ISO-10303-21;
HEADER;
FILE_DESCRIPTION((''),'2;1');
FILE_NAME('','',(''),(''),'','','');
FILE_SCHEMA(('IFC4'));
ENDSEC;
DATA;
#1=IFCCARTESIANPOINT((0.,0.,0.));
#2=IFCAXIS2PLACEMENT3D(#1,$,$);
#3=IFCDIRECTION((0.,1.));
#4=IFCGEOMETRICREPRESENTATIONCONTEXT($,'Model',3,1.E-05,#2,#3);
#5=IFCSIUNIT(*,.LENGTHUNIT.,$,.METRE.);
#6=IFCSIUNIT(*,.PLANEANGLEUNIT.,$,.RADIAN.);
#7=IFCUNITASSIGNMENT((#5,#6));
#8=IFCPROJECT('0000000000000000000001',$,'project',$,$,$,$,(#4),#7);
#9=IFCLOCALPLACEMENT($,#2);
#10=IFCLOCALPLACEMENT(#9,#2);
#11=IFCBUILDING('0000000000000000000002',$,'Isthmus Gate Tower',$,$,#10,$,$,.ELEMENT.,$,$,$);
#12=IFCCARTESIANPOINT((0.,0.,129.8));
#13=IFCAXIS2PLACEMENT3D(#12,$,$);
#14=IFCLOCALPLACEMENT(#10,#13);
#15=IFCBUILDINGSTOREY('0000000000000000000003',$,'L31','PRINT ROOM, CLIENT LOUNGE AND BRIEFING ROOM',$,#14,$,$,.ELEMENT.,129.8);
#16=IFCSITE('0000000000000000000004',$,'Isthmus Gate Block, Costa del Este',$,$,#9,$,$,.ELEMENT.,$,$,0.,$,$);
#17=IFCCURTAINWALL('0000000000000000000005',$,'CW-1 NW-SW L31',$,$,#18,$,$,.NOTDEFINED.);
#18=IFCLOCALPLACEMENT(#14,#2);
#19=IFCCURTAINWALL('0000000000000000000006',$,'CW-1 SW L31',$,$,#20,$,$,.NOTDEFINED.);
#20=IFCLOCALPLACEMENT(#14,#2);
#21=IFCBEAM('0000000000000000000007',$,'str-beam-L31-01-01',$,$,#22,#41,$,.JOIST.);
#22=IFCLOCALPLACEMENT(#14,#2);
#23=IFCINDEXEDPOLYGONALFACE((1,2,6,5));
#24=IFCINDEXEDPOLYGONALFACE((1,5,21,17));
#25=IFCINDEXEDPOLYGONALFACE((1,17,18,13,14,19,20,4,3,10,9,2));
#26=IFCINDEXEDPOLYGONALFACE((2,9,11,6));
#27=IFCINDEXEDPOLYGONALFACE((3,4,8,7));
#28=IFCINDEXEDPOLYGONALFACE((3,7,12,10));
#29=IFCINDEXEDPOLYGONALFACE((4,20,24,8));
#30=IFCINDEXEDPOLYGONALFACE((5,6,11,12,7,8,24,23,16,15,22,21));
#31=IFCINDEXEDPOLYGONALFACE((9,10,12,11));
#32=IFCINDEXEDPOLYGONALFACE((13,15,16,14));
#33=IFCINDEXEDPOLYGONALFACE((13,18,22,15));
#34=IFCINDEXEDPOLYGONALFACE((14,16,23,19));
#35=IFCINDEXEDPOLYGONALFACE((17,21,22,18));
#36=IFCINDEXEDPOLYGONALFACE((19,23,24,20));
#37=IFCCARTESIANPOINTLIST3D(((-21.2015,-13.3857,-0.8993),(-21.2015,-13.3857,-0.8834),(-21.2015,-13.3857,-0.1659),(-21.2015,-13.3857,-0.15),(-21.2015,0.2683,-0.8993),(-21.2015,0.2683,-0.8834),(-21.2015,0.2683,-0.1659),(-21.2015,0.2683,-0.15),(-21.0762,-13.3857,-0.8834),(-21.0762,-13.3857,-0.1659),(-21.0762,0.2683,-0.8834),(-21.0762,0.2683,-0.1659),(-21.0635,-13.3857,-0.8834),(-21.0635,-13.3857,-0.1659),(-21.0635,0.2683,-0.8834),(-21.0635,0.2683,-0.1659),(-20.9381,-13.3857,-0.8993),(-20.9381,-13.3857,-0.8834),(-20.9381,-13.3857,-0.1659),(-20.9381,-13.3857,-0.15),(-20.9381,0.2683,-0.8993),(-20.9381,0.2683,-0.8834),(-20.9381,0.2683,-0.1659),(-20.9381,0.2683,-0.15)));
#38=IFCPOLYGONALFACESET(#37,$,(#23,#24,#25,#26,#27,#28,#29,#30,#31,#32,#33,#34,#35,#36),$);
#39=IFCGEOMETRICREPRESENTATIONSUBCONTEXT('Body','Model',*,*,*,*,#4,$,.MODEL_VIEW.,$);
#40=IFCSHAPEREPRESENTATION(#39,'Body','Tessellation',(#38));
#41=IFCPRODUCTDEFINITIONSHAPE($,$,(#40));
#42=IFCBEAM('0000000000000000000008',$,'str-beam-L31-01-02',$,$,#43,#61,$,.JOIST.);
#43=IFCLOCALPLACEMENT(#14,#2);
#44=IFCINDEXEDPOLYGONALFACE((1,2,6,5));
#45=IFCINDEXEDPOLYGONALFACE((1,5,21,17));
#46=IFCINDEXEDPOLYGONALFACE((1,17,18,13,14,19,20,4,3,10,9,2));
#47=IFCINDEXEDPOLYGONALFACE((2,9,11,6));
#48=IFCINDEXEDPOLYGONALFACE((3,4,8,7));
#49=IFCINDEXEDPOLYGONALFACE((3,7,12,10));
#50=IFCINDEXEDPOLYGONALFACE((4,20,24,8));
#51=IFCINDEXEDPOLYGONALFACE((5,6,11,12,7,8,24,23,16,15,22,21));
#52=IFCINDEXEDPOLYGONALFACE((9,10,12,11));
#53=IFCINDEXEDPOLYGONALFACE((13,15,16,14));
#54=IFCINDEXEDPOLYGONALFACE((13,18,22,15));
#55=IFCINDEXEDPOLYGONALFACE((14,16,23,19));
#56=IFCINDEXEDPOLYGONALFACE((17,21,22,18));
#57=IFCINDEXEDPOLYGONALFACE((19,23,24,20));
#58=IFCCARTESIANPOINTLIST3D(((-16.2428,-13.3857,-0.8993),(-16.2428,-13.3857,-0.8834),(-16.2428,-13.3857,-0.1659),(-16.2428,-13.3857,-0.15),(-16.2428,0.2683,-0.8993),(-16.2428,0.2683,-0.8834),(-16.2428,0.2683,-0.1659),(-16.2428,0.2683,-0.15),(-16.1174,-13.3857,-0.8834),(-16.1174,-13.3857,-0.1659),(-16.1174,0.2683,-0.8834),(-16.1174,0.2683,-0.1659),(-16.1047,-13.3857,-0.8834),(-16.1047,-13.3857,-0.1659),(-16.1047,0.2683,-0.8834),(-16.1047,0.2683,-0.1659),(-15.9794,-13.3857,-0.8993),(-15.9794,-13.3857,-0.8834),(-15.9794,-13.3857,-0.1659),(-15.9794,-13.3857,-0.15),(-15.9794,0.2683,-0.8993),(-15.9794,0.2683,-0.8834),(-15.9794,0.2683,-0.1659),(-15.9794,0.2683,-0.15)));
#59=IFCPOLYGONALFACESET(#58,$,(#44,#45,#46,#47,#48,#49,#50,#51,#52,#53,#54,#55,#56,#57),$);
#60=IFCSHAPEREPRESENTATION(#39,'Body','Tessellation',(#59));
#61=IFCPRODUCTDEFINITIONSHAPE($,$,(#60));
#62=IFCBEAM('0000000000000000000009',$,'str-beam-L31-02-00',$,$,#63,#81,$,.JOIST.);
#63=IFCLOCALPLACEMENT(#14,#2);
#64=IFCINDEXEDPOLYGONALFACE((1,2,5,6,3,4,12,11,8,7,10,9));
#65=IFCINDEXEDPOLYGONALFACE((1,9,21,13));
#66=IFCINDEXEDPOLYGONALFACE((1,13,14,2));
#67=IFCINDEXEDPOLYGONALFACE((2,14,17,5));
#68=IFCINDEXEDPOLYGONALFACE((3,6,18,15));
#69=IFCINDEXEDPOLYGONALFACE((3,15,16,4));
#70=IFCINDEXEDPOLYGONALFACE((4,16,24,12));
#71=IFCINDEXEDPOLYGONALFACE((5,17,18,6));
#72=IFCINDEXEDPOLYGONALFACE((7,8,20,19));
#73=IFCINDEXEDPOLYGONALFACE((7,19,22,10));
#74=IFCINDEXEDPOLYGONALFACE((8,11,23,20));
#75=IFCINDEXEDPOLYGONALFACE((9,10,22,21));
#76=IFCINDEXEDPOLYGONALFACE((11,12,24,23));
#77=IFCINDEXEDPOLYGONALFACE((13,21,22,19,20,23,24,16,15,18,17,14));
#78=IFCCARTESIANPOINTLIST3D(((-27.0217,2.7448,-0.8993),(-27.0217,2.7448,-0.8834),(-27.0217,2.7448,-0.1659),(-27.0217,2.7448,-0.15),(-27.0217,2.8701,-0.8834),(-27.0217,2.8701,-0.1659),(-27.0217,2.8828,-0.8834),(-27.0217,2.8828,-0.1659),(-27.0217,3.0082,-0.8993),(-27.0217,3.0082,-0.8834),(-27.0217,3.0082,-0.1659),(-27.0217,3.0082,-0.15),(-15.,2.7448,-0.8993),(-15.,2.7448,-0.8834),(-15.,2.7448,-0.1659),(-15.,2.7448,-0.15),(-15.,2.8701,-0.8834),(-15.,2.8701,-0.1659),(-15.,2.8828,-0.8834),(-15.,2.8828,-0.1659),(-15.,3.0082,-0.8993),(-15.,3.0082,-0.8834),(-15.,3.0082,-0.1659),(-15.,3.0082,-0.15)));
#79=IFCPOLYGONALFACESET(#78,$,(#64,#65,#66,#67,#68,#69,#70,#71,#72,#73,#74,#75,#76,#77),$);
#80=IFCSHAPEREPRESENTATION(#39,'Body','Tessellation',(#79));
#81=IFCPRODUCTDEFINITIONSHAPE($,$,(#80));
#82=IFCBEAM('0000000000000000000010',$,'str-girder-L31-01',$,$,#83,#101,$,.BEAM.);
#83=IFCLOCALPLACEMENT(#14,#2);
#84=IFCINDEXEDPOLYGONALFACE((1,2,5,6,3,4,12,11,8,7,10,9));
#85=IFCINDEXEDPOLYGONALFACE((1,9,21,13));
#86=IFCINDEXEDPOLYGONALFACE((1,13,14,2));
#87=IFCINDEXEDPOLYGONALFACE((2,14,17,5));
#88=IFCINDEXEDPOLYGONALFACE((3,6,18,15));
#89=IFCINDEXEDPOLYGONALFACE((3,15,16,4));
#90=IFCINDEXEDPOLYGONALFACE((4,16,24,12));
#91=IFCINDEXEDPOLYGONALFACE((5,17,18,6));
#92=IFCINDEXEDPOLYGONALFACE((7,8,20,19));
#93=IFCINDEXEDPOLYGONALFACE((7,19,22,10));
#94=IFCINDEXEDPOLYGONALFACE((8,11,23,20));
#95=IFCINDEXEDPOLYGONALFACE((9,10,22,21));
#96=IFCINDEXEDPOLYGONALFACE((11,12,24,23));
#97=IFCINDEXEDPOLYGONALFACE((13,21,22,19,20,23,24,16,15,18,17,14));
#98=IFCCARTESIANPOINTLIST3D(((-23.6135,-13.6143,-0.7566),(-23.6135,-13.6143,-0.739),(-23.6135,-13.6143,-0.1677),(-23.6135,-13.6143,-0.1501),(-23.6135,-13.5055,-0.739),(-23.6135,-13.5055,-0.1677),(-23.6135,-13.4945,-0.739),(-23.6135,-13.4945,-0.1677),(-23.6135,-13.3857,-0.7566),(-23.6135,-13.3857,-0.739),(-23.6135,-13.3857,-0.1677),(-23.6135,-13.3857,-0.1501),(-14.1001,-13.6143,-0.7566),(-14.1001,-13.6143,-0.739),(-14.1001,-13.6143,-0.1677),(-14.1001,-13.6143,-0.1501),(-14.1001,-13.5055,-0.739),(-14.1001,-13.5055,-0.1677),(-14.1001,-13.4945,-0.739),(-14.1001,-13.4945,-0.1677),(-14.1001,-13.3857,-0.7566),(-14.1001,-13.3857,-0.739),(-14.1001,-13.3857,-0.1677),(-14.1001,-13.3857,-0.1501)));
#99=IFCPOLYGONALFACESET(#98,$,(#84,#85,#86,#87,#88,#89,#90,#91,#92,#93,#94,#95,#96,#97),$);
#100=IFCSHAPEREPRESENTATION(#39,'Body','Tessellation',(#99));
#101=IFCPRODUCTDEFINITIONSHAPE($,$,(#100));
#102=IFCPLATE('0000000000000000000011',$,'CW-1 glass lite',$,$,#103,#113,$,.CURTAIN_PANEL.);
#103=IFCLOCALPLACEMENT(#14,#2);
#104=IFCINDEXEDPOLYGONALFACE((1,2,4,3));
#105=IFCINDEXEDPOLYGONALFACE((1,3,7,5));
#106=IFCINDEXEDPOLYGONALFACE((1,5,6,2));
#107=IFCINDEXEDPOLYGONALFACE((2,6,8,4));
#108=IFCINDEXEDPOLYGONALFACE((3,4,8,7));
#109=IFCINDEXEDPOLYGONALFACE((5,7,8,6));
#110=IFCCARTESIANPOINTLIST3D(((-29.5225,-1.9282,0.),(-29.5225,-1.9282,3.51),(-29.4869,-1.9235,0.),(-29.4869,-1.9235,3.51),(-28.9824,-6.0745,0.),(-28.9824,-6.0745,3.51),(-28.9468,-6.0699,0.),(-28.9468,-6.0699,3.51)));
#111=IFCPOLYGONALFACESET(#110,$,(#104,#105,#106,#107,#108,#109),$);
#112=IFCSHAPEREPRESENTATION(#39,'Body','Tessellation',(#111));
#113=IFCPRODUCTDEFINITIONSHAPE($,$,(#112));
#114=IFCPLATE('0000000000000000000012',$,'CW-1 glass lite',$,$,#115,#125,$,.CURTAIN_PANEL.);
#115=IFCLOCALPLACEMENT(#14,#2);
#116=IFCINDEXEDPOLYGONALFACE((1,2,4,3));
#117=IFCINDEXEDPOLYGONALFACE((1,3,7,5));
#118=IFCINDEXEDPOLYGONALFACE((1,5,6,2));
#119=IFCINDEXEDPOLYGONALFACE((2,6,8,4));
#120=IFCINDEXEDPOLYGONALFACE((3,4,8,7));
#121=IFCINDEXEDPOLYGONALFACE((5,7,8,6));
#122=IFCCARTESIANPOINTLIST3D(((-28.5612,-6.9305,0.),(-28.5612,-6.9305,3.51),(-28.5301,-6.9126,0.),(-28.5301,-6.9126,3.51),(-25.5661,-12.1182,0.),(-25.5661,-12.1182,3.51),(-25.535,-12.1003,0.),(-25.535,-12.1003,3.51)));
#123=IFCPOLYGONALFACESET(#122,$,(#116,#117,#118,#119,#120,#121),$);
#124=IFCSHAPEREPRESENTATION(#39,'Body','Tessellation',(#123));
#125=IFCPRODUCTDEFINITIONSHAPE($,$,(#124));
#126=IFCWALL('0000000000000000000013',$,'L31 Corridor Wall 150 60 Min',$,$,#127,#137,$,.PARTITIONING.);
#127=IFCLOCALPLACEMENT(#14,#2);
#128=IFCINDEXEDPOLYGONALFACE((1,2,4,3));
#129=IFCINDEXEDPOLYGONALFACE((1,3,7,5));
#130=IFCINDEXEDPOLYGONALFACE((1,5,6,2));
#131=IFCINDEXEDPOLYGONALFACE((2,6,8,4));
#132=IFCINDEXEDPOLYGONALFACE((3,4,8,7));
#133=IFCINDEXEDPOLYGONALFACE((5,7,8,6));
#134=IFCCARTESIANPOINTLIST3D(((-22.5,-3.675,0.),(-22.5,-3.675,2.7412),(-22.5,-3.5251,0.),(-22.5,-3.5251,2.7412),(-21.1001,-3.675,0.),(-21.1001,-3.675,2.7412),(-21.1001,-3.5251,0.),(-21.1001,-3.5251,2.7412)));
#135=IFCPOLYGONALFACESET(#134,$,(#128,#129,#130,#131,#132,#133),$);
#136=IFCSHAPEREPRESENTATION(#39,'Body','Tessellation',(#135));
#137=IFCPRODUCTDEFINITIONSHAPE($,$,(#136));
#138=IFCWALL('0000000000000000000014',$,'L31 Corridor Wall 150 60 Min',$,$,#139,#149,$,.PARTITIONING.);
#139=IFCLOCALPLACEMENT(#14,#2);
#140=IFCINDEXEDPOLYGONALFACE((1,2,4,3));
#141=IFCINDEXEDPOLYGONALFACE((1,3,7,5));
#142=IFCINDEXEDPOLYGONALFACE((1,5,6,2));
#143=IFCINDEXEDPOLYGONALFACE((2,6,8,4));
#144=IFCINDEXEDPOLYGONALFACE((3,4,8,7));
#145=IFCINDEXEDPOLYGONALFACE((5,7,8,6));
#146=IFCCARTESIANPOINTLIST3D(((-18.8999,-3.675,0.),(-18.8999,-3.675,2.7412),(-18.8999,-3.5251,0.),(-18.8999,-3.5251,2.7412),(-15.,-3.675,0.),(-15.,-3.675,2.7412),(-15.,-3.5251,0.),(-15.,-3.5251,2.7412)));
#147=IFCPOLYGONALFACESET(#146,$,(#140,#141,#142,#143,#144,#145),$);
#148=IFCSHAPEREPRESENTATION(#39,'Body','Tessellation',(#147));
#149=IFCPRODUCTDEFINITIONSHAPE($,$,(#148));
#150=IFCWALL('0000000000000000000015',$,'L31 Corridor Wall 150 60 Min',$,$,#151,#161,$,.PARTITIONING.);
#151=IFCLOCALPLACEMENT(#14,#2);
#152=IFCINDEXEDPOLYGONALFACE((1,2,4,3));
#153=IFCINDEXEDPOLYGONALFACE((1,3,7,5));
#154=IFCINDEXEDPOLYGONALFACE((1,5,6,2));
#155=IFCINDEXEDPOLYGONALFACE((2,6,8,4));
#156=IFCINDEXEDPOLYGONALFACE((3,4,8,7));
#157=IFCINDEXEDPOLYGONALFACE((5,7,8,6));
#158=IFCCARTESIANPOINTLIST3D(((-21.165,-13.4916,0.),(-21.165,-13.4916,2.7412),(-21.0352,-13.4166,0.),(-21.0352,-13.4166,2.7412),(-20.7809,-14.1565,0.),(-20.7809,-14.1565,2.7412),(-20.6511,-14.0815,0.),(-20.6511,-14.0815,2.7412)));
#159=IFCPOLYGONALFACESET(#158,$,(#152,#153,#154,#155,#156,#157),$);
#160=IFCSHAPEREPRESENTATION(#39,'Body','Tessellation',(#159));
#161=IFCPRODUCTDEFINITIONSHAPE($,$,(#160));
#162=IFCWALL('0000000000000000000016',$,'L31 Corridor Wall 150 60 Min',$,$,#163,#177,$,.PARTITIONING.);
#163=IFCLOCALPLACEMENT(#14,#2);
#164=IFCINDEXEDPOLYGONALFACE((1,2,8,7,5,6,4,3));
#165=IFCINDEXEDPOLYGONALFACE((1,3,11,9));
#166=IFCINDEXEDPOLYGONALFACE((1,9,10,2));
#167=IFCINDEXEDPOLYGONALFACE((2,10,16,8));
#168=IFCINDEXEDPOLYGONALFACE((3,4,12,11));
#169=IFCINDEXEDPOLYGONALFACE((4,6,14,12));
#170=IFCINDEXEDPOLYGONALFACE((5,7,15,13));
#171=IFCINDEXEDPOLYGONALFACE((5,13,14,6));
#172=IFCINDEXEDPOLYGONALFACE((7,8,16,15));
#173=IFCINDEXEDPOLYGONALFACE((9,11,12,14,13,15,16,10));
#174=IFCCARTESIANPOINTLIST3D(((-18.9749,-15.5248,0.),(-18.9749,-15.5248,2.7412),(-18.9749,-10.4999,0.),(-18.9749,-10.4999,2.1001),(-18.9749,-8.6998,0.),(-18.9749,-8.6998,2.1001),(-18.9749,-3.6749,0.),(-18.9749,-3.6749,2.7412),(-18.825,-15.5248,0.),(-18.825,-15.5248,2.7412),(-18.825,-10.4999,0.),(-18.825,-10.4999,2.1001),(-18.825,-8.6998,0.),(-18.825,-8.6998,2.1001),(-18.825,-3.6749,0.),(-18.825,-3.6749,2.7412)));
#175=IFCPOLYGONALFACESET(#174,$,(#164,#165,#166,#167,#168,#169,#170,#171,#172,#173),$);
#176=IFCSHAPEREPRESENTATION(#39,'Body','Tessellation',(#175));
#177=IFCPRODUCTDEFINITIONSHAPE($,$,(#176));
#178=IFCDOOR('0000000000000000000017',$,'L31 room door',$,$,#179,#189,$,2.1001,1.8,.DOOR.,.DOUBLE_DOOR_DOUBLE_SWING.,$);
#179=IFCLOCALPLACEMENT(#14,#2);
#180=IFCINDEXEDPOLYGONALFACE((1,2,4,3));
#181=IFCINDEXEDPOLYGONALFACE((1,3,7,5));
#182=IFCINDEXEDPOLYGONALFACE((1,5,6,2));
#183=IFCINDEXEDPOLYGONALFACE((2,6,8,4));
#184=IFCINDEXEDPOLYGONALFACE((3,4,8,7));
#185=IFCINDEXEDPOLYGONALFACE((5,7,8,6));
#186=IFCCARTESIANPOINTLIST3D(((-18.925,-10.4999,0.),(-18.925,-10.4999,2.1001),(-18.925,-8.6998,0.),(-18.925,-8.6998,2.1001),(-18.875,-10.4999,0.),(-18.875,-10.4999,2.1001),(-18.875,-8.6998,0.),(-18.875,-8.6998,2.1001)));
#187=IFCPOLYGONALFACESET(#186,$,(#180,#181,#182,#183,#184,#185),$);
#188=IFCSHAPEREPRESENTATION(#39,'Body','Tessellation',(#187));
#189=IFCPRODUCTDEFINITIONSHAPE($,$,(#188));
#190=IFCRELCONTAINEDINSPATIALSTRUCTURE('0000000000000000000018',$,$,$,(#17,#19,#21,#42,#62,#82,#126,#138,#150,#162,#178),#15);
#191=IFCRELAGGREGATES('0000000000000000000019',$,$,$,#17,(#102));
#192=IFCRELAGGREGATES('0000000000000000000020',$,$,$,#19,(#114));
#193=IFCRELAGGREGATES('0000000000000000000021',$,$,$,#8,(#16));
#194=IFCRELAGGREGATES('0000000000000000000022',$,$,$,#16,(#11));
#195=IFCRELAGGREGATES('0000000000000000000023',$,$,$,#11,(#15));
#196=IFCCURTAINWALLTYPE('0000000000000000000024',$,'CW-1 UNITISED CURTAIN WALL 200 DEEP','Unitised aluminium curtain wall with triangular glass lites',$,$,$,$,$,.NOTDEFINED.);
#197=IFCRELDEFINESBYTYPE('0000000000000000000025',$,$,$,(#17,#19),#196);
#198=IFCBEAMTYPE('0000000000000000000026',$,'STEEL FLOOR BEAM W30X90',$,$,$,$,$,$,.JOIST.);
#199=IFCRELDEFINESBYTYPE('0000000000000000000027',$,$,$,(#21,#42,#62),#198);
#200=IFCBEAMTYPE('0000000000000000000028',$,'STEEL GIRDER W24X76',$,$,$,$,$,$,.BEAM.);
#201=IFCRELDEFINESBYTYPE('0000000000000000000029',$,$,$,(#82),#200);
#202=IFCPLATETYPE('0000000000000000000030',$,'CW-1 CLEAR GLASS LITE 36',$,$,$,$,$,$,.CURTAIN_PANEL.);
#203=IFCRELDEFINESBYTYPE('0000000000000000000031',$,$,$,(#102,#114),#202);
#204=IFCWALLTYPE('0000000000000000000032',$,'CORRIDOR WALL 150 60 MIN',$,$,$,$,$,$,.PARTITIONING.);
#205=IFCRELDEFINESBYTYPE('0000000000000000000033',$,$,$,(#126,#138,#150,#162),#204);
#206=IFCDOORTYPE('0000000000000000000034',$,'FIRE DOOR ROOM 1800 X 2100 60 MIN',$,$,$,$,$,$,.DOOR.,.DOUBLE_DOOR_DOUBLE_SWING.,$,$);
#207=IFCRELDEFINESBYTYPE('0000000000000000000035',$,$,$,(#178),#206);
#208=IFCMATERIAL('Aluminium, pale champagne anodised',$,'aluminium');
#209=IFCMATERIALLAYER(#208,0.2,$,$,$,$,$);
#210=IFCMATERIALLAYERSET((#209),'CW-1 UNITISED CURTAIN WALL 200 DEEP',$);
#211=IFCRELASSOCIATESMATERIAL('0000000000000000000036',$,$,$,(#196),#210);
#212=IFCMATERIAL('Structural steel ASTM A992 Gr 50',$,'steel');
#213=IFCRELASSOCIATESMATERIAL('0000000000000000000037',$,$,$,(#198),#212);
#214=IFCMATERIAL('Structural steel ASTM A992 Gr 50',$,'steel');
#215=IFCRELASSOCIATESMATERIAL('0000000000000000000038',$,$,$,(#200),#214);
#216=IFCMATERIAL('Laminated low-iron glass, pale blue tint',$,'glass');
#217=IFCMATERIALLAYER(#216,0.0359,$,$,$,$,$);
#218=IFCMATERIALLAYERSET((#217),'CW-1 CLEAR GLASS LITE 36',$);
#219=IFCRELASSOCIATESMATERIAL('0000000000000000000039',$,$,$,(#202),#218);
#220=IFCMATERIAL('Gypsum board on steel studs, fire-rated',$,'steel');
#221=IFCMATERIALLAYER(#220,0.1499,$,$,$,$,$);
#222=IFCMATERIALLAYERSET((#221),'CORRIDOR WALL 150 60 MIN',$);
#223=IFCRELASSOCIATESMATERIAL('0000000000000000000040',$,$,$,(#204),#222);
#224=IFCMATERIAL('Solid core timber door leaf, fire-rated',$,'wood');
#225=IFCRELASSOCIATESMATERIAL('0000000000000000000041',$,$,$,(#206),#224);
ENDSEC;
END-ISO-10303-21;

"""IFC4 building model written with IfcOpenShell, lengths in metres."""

from ifc_helpers import new_model, si_unit, direction, frame, frame_2d, origin, origin_2d, place, context, subcontext, project, spatial, rectangle, i_section, extrude, material, layer, layer_set, material_profile, profile_set, type_object, element, fill, aggregate, save


model = new_model("IFC4")

# Units and contexts
model_context = context("Model", 3, precision=1e-05, world=origin(), true_north=direction((0.0, 1.0)))
body_context = subcontext(model_context, "Body", "Model", "MODEL_VIEW")
ifc_project = project(units=[si_unit("LENGTHUNIT", "METRE"), si_unit("PLANEANGLEUNIT", "RADIAN")], contexts=[model_context])

# Site, building, storey
site_placement = place(None, origin())
site = spatial("IfcSite", under=ifc_project, at=site_placement, Name="Isthmus Gate Block, Costa del Este", CompositionType="ELEMENT", RefElevation=0.0)
building_placement = place(site_placement, origin())
building = spatial("IfcBuilding", under=site, at=building_placement, Name="Isthmus Gate Tower", CompositionType="ELEMENT")
storey_placement = place(building_placement, frame((0.0, 0.0, 129.8)))
storey = spatial("IfcBuildingStorey", under=building, at=storey_placement, Name="L31", Description="PRINT ROOM, CLIENT LOUNGE AND BRIEFING ROOM", CompositionType="ELEMENT", Elevation=129.8)

# Curtain walls
ifc_material_1 = material(Name="Aluminium, pale champagne anodised", Category="aluminium")
ifc_layer_1 = layer(ifc_material_1, 0.2)
ifc_layer_set_1 = layer_set([ifc_layer_1], Name="CW-1 UNITISED CURTAIN WALL 200 DEEP")
curtain_wall_type = type_object("IfcCurtainWallType", Name="CW-1 UNITISED CURTAIN WALL 200 DEEP", Description="Unitised aluminium curtain wall with triangular glass lites", PredefinedType="NOTDEFINED", material=ifc_layer_set_1)
curtain_wall_1_placement = place(storey_placement, origin())
curtain_wall_1 = element("IfcCurtainWall", 1, at=curtain_wall_1_placement, inside=storey, type_object=curtain_wall_type, Name="CW-1 NW-SW L31", PredefinedType="NOTDEFINED")
curtain_wall_2_placement = place(storey_placement, origin())
curtain_wall_2 = element("IfcCurtainWall", 2, at=curtain_wall_2_placement, inside=storey, type_object=curtain_wall_type, Name="CW-1 SW L31", PredefinedType="NOTDEFINED")

# Beams
ifc_material_2 = material(Name="Structural steel ASTM A992 Gr 50", Category="steel")
ifc_material_profile_1 = material_profile(ifc_material_2, i_section(OverallWidth=0.2634, OverallDepth=0.7493, WebThickness=0.0127, FlangeThickness=0.0159, at=origin_2d()), Name="W30X90")
ifc_profile_set_1 = profile_set([ifc_material_profile_1], Name="Structural steel ASTM A992 Gr 50")
beam_type_1 = type_object("IfcBeamType", Name="STEEL FLOOR BEAM W30X90", PredefinedType="JOIST", material=ifc_profile_set_1)
for number, where, z_axis, x_axis, name in (
    (3, (-21.0698, -13.3857, -0.5247), (0.0, 1.0, 0.0), (-1.0, 0.0, 0.0), "str-beam-L31-01-01"),
    (4, (-16.1111, -13.3857, -0.5247), (0.0, 1.0, 0.0), (-1.0, 0.0, 0.0), "str-beam-L31-01-02"),
):
    element("IfcBeam", number, at=place(storey_placement, frame(where, z_axis=z_axis, x_axis=x_axis)), inside=storey, type_object=beam_type_1, Name=name, PredefinedType="JOIST", context=body_context, shape_type="SweptSolid", body=[
        extrude(i_section(OverallWidth=0.2634, OverallDepth=0.7493, WebThickness=0.0127, FlangeThickness=0.0159, at=origin_2d()), origin(), (0.0, 0.0, 1.0), 13.6541),
    ])
beam_1_placement = place(storey_placement, frame((-27.0217, 2.8765, -0.5247), z_axis=(1.0, 0.0, 0.0), x_axis=(0.0, 1.0, 0.0)))
element("IfcBeam", 5, at=beam_1_placement, inside=storey, type_object=beam_type_1, Name="str-beam-L31-02-00", PredefinedType="JOIST", context=body_context, shape_type="SweptSolid", body=[
    extrude(i_section(OverallWidth=0.2634, OverallDepth=0.7493, WebThickness=0.0127, FlangeThickness=0.0159, at=origin_2d()), origin(), (0.0, 0.0, 1.0), 12.0217),
])
ifc_material_3 = material(Name="Structural steel ASTM A992 Gr 50", Category="steel")
ifc_material_profile_2 = material_profile(ifc_material_3, i_section(OverallWidth=0.2285, OverallDepth=0.6064, WebThickness=0.011, FlangeThickness=0.0176, at=origin_2d()), Name="W24X76")
ifc_profile_set_2 = profile_set([ifc_material_profile_2], Name="Structural steel ASTM A992 Gr 50")
beam_type_2 = type_object("IfcBeamType", Name="STEEL GIRDER W24X76", PredefinedType="BEAM", material=ifc_profile_set_2)
beam_2_placement = place(storey_placement, frame((-23.6135, -13.5, -0.4534), z_axis=(1.0, 0.0, 0.0), x_axis=(0.0, 1.0, 0.0)))
element("IfcBeam", 6, at=beam_2_placement, inside=storey, type_object=beam_type_2, Name="str-girder-L31-01", PredefinedType="BEAM", context=body_context, shape_type="SweptSolid", body=[
    extrude(i_section(OverallWidth=0.2285, OverallDepth=0.6064, WebThickness=0.011, FlangeThickness=0.0176, at=origin_2d()), origin(), (0.0, 0.0, 1.0), 9.5134),
])

# Plates
ifc_material_4 = material(Name="Laminated low-iron glass, pale blue tint", Category="glass")
ifc_layer_2 = layer(ifc_material_4, 0.0359)
ifc_layer_set_2 = layer_set([ifc_layer_2], Name="CW-1 CLEAR GLASS LITE 36")
plate_type = type_object("IfcPlateType", Name="CW-1 CLEAR GLASS LITE 36", PredefinedType="CURTAIN_PANEL", material=ifc_layer_set_2)
plate_1_placement = place(storey_placement, frame((-29.2346, -3.999, 0.0), z_axis=(0.0, 0.0, 1.0), x_axis=(0.129165, -0.991623, 0.0)))
plate_1 = element("IfcPlate", 7, at=plate_1_placement, type_object=plate_type, Name="CW-1 glass lite", PredefinedType="CURTAIN_PANEL", context=body_context, shape_type="SweptSolid", body=[
    extrude(rectangle(XDim=4.1814, YDim=0.0359, at=origin_2d()), origin(), (0.0, 0.0, 1.0), 3.51),
])
aggregate(curtain_wall_1, [plate_1])
plate_2_placement = place(storey_placement, frame((-27.0481, -9.5154, 0.0), z_axis=(0.0, 0.0, 1.0), x_axis=(0.5, -0.866025, 0.0)))
plate_2 = element("IfcPlate", 8, at=plate_2_placement, type_object=plate_type, Name="CW-1 glass lite", PredefinedType="CURTAIN_PANEL", context=body_context, shape_type="SweptSolid", body=[
    extrude(rectangle(XDim=5.9902, YDim=0.0359, at=origin_2d()), origin(), (0.0, 0.0, 1.0), 3.51),
])
aggregate(curtain_wall_2, [plate_2])

# Walls
ifc_material_5 = material(Name="Gypsum board on steel studs, fire-rated", Category="steel")
ifc_layer_3 = layer(ifc_material_5, 0.1499)
ifc_layer_set_3 = layer_set([ifc_layer_3], Name="CORRIDOR WALL 150 60 MIN")
wall_type = type_object("IfcWallType", Name="CORRIDOR WALL 150 60 MIN", PredefinedType="PARTITIONING", material=ifc_layer_set_3)
wall_1_placement = place(storey_placement, frame((-21.1001, -3.6001, 0.0), z_axis=(0.0, 0.0, 1.0), x_axis=(-1.0, 0.0, 0.0)))
element("IfcWall", 9, at=wall_1_placement, inside=storey, type_object=wall_type, Name="L31 Corridor Wall 150 60 Min", PredefinedType="PARTITIONING", context=body_context, shape_type="SweptSolid", body=[
    extrude(rectangle(XDim=1.3999, YDim=0.1499, at=frame_2d((0.7, 0.0))), origin(), (0.0, 0.0, 1.0), 2.7412),
])
wall_2_placement = place(storey_placement, frame((-15.0, -3.6001, 0.0), z_axis=(0.0, 0.0, 1.0), x_axis=(-1.0, 0.0, 0.0)))
element("IfcWall", 10, at=wall_2_placement, inside=storey, type_object=wall_type, Name="L31 Corridor Wall 150 60 Min", PredefinedType="PARTITIONING", context=body_context, shape_type="SweptSolid", body=[
    extrude(rectangle(XDim=3.8999, YDim=0.1499, at=frame_2d((1.95, 0.0))), origin(), (0.0, 0.0, 1.0), 2.7412),
])
wall_3_placement = place(storey_placement, frame((-20.7161, -14.1189, 0.0), z_axis=(0.0, 0.0, 1.0), x_axis=(-0.500209, 0.865905, 0.0)))
element("IfcWall", 11, at=wall_3_placement, inside=storey, type_object=wall_type, Name="L31 Corridor Wall 150 60 Min", PredefinedType="PARTITIONING", context=body_context, shape_type="SweptSolid", body=[
    extrude(rectangle(XDim=0.7678, YDim=0.1499, at=frame_2d((0.3838, 0.0))), origin(), (0.0, 0.0, 1.0), 2.7412),
])

# Wall, opening, door
wall_4_placement = place(storey_placement, frame((-18.8999, -3.675, 0.0), z_axis=(0.0, 0.0, 1.0), x_axis=(0.0, -1.0, 0.0)))
wall_4 = element("IfcWall", 12, at=wall_4_placement, inside=storey, type_object=wall_type, Name="L31 Corridor Wall 150 60 Min", PredefinedType="PARTITIONING", context=body_context, shape_type="SweptSolid", body=[
    extrude(rectangle(XDim=11.8499, YDim=0.1499, at=frame_2d((5.9248, 0.0))), origin(), (0.0, 0.0, 1.0), 2.7412),
])
opening_1_placement = place(wall_4_placement, frame((5.0249, 0.0, 0.0)))
opening_1 = element("IfcOpeningElement", 13, at=opening_1_placement, cuts=wall_4, PredefinedType="OPENING", context=body_context, shape_type="SweptSolid", body=[
    extrude(rectangle(XDim=1.8, YDim=2.1001, at=frame_2d((0.8999, 1.05))), frame((0.0, 0.085, 0.0), z_axis=(0.0, -1.0, 0.0), x_axis=(1.0, 0.0, 0.0)), (0.0, 0.0, 1.0), 0.1699),
])
ifc_material_6 = material(Name="Solid core timber door leaf, fire-rated", Category="wood")
door_type_1 = type_object("IfcDoorType", Name="FIRE DOOR ROOM 1800 X 2100 60 MIN", OperationType="DOUBLE_DOOR_DOUBLE_SWING", PredefinedType="DOOR", material=ifc_material_6)
door_1_placement = place(opening_1_placement, origin())
door_1 = element("IfcDoor", 14, at=door_1_placement, inside=storey, type_object=door_type_1, Name="L31 room door", OperationType="DOUBLE_DOOR_DOUBLE_SWING", OverallHeight=2.1001, OverallWidth=1.8, PredefinedType="DOOR", context=body_context, shape_type="SweptSolid", body=[
    extrude(rectangle(XDim=1.8, YDim=2.1001, at=frame_2d((0.8999, 1.05))), frame((0.0, 0.0249, 0.0), z_axis=(0.0, -1.0, 0.0), x_axis=(1.0, 0.0, 0.0)), (0.0, 0.0, 1.0), 0.05),
])
fill(opening_1, door_1)

save(model, "model.ifc")
